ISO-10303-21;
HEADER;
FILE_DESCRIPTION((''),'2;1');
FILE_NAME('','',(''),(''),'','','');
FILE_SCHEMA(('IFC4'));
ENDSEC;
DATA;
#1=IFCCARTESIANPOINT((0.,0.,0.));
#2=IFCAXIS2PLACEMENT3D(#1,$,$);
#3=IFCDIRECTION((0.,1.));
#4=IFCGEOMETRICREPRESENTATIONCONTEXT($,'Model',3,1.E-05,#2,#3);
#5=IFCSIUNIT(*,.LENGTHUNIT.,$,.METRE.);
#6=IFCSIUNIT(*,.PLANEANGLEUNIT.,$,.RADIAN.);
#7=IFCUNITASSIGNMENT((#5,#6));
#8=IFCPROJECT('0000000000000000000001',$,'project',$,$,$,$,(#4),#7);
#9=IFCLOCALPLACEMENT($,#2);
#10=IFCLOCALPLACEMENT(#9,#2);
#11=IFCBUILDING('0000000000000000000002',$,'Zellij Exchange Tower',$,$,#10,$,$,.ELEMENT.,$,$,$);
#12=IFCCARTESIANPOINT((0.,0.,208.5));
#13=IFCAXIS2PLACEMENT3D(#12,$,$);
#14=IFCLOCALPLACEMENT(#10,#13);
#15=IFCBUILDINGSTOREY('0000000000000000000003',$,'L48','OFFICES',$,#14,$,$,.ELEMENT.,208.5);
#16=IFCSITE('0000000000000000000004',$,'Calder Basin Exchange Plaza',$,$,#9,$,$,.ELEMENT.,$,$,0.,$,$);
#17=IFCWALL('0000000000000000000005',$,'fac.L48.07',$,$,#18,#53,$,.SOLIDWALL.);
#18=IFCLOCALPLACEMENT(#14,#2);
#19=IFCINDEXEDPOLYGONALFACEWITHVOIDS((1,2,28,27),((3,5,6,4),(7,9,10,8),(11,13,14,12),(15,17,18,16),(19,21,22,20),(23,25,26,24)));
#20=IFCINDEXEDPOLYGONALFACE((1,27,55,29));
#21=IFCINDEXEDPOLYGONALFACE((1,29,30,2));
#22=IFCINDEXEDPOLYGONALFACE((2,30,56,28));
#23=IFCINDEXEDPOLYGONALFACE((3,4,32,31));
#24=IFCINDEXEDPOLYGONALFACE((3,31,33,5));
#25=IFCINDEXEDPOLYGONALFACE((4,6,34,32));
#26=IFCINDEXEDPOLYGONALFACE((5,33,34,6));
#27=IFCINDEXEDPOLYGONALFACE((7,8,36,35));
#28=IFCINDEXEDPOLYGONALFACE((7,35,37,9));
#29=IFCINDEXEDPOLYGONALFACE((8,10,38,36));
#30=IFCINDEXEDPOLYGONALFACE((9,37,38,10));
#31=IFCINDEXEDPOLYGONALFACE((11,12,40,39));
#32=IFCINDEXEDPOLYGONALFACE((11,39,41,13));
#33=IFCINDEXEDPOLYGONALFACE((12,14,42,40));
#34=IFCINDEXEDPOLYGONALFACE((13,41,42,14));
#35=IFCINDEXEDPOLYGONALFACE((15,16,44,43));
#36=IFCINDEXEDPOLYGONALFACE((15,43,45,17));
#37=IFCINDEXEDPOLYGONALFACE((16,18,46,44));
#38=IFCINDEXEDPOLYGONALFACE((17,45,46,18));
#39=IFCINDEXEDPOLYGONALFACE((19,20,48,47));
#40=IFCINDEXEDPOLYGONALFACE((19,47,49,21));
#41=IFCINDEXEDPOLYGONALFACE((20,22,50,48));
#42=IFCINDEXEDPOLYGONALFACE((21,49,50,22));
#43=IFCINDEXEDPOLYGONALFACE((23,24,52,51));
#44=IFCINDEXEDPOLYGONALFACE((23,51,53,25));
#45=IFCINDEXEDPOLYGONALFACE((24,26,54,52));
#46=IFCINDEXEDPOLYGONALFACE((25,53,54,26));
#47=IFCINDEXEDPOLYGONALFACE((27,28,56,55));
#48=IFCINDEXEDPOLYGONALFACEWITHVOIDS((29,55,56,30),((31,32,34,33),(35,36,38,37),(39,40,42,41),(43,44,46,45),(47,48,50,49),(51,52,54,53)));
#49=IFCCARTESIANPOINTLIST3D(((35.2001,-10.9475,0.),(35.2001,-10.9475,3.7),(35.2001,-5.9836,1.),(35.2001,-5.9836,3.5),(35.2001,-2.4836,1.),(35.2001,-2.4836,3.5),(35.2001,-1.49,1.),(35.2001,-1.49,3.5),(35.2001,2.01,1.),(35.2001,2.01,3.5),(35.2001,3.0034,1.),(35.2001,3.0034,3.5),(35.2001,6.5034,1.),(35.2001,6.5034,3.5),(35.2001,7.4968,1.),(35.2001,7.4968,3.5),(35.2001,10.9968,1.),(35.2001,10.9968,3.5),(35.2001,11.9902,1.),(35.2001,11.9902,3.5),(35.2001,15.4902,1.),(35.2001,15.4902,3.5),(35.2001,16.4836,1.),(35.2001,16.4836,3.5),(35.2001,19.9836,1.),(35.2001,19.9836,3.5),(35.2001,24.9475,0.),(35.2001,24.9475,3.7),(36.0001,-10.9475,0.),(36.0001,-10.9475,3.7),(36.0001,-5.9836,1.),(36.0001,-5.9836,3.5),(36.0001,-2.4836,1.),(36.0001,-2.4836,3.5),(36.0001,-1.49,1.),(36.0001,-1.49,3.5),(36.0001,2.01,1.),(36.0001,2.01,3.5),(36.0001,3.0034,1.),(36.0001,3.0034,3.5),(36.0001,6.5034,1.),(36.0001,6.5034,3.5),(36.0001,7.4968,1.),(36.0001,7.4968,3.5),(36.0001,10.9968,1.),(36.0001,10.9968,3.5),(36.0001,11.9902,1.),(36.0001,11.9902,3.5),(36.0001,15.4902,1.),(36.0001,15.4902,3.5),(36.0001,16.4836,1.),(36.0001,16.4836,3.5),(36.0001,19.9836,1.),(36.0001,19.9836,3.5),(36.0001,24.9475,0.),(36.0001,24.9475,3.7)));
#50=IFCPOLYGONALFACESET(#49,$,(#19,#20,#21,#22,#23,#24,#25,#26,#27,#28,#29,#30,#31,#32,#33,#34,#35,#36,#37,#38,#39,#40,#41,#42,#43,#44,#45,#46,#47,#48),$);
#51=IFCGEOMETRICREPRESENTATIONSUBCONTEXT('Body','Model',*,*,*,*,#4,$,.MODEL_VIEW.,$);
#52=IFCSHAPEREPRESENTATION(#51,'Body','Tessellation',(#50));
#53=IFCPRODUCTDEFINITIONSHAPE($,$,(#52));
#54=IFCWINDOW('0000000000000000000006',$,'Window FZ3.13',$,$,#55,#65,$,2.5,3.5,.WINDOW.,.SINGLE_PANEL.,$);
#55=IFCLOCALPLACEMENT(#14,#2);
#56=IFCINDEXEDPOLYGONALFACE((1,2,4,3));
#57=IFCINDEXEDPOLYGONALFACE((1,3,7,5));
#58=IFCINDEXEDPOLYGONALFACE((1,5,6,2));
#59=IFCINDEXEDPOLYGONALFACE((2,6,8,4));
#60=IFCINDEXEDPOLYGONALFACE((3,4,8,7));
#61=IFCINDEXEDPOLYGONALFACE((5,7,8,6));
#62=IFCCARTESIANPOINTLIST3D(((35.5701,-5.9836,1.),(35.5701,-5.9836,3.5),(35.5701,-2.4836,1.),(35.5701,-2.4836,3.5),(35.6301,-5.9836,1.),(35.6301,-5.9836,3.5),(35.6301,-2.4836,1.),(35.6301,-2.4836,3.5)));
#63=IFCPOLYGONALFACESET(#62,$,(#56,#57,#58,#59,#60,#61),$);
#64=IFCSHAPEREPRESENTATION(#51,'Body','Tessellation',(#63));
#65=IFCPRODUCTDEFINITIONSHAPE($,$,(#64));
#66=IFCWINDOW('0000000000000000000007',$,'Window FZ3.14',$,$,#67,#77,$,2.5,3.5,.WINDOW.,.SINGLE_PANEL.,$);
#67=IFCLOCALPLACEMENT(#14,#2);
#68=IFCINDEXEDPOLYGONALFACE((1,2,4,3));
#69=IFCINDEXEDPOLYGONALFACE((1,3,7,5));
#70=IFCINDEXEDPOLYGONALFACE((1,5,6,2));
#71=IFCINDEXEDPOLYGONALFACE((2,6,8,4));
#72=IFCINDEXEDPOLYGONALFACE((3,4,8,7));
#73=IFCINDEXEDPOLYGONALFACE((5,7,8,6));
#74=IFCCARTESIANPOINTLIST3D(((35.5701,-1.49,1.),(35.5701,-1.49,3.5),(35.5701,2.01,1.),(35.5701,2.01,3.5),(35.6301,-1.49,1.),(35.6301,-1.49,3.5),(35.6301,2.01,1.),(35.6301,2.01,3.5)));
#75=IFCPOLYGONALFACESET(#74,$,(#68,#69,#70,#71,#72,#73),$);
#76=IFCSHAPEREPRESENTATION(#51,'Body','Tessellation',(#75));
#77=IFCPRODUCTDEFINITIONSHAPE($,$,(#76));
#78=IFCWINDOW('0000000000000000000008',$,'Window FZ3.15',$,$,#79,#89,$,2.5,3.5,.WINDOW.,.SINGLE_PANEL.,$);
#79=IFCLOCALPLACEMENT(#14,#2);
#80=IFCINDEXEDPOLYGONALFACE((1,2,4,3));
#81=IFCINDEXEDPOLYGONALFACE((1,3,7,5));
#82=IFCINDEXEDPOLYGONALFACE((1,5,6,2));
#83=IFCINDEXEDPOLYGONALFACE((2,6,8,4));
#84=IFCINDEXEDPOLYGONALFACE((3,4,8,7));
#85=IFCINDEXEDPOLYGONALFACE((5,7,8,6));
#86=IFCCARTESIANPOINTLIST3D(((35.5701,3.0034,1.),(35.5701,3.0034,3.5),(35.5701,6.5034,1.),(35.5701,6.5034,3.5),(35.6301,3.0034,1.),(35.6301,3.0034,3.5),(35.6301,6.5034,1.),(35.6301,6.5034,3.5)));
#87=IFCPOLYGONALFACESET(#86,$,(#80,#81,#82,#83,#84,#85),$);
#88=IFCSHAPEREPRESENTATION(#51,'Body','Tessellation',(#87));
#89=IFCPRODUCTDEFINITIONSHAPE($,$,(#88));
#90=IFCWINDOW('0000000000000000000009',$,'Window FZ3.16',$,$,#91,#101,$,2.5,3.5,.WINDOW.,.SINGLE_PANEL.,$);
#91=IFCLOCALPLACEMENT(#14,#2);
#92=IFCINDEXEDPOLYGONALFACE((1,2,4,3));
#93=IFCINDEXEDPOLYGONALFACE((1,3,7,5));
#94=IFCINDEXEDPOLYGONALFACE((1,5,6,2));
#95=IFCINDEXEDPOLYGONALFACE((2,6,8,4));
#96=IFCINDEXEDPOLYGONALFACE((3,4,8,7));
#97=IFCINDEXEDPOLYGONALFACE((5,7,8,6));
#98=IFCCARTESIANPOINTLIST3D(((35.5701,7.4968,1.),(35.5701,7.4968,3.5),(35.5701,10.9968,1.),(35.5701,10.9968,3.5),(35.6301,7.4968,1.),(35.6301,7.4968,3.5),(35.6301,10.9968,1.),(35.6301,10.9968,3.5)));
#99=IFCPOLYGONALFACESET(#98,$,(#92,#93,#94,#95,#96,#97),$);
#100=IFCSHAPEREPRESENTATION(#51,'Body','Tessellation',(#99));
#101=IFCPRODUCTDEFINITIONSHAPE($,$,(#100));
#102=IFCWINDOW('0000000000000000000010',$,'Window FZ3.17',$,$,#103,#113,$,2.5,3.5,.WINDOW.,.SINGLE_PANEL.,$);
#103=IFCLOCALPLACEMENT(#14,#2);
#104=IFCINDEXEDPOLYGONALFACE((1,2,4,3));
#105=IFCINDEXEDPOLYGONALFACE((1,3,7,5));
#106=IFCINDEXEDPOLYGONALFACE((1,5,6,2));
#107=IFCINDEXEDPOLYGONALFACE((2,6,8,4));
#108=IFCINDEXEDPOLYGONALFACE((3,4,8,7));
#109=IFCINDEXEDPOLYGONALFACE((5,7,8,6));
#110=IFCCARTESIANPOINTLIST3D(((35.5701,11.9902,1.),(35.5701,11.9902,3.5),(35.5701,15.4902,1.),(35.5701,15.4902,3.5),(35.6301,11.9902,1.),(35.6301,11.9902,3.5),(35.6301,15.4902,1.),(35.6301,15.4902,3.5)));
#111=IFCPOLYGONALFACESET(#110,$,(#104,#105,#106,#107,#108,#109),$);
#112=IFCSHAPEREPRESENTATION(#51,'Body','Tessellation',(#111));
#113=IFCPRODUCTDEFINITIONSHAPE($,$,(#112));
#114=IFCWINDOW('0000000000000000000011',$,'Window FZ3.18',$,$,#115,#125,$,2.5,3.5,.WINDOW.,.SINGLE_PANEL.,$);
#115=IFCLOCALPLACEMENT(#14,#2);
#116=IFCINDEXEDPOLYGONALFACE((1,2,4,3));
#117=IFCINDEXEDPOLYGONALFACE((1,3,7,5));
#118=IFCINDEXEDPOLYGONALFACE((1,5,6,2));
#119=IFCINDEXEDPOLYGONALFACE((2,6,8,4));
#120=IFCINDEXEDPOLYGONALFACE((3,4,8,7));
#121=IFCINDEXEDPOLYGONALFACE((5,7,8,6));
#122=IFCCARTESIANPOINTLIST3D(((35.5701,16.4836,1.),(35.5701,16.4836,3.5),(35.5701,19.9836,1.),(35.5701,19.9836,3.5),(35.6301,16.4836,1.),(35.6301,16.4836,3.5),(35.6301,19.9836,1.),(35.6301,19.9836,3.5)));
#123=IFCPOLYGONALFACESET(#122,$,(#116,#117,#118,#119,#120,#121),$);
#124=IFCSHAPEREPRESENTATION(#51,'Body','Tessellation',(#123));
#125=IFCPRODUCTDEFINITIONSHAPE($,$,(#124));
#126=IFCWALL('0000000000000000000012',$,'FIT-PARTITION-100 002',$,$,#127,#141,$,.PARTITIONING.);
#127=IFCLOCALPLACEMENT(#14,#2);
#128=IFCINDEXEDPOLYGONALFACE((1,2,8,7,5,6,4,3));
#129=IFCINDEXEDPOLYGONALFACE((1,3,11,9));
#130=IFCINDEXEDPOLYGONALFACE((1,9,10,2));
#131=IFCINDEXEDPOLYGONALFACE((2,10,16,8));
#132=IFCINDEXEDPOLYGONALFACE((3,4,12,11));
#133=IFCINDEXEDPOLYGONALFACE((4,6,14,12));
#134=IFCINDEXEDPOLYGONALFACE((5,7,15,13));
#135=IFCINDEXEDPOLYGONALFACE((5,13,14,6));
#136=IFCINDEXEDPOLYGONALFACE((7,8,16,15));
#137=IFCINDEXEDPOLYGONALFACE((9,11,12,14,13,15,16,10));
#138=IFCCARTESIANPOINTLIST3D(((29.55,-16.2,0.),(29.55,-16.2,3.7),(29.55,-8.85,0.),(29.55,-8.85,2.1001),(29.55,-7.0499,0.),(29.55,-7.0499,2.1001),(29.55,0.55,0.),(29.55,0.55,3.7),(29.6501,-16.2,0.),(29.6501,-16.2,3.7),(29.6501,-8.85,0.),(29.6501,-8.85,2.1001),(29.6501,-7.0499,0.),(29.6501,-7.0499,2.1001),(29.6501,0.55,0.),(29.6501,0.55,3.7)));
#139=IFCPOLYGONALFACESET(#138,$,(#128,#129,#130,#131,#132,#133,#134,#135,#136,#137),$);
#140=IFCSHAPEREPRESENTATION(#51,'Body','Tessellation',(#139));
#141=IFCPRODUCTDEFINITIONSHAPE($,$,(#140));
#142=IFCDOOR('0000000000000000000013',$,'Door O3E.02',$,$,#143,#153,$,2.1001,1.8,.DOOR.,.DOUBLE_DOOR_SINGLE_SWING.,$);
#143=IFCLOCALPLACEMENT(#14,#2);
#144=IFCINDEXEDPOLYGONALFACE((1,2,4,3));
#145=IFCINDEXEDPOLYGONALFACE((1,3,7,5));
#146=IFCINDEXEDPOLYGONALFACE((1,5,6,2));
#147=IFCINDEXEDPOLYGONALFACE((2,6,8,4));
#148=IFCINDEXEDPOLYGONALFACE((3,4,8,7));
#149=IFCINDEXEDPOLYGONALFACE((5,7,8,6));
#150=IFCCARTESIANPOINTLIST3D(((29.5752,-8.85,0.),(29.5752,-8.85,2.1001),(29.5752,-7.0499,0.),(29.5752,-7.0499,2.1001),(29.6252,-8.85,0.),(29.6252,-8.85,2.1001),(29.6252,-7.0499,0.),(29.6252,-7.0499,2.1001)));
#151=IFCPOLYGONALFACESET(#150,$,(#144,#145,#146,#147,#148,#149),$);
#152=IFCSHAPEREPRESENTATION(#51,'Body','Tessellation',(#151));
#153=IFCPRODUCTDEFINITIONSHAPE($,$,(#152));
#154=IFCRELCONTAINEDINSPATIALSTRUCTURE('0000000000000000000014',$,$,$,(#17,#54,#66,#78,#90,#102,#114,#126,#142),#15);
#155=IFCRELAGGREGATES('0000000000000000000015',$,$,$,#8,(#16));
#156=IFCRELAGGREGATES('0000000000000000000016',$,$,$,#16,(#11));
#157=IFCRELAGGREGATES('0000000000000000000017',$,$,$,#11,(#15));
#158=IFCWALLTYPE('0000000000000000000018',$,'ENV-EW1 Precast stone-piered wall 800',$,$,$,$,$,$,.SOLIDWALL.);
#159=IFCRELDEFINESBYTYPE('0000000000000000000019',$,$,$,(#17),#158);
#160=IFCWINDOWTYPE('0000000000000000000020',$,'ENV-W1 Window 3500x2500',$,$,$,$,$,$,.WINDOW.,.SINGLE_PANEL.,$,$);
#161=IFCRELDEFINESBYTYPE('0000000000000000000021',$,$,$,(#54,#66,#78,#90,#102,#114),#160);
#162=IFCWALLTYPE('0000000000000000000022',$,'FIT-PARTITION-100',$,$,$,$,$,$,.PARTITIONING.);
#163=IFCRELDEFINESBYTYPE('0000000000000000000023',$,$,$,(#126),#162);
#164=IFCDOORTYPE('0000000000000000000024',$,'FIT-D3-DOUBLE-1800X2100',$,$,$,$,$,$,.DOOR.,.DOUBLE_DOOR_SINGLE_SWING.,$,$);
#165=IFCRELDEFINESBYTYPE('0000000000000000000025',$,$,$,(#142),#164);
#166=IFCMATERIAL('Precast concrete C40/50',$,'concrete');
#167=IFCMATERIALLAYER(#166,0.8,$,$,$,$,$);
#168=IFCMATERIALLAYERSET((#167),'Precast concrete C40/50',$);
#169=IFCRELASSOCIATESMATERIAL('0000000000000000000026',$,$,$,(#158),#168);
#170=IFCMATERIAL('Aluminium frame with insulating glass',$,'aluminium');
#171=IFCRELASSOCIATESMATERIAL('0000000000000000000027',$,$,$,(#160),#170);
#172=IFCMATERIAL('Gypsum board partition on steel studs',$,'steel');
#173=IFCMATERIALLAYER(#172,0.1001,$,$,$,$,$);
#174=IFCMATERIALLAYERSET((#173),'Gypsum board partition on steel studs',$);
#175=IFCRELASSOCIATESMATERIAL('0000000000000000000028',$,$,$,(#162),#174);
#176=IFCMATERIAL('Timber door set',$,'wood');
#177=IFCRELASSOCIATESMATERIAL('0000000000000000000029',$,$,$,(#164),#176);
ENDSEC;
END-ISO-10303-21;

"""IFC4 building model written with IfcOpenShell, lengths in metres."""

from ifc_helpers import new_model, si_unit, direction, frame, frame_2d, origin, place, context, subcontext, project, spatial, rectangle, extrude, material, layer, layer_set, type_object, element, fill, save


model = new_model("IFC4")

# Units and contexts
model_context = context("Model", 3, precision=1e-05, world=origin(), true_north=direction((0.0, 1.0)))
body_context = subcontext(model_context, "Body", "Model", "MODEL_VIEW")
ifc_project = project(units=[si_unit("LENGTHUNIT", "METRE"), si_unit("PLANEANGLEUNIT", "RADIAN")], contexts=[model_context])

# Site, building, storey
site_placement = place(None, origin())
site = spatial("IfcSite", under=ifc_project, at=site_placement, Name="Calder Basin Exchange Plaza", CompositionType="ELEMENT", RefElevation=0.0)
building_placement = place(site_placement, origin())
building = spatial("IfcBuilding", under=site, at=building_placement, Name="Zellij Exchange Tower", CompositionType="ELEMENT")
storey_placement = place(building_placement, frame((0.0, 0.0, 208.5)))
storey = spatial("IfcBuildingStorey", under=building, at=storey_placement, Name="L48", Description="OFFICES", CompositionType="ELEMENT", Elevation=208.5)

# Shared definitions
ifc_material_1 = material(Name="Precast concrete C40/50", Category="concrete")
ifc_layer_1 = layer(ifc_material_1, 0.8)
ifc_layer_set_1 = layer_set([ifc_layer_1], Name="Precast concrete C40/50")
wall_type_1 = type_object("IfcWallType", Name="ENV-EW1 Precast stone-piered wall 800", PredefinedType="SOLIDWALL", material=ifc_layer_set_1)

# Wall, openings, windows
wall_1_placement = place(storey_placement, frame((35.6001, -10.9475, 0.0), z_axis=(0.0, 0.0, 1.0), x_axis=(0.0, 1.0, 0.0)))
wall_1 = element("IfcWall", 1, at=wall_1_placement, inside=storey, type_object=wall_type_1, Name="fac.L48.07", PredefinedType="SOLIDWALL", context=body_context, shape_type="SweptSolid", body=[
    extrude(rectangle(XDim=35.895, YDim=0.8, at=frame_2d((17.9475, 0.0))), origin(), (0.0, 0.0, 1.0), 3.7),
])
opening_1_placement = place(wall_1_placement, frame((4.9639, 0.0, 1.0)))
opening_1 = element("IfcOpeningElement", 2, at=opening_1_placement, cuts=wall_1, PredefinedType="OPENING", context=body_context, shape_type="SweptSolid", body=[
    extrude(rectangle(XDim=3.5, YDim=2.5, at=frame_2d((1.75, 1.25))), frame((0.0, 0.4121, 0.0), z_axis=(0.0, -1.0, 0.0), x_axis=(1.0, 0.0, 0.0)), (0.0, 0.0, 1.0), 0.824),
])
opening_2_placement = place(wall_1_placement, frame((9.4575, 0.0, 1.0)))
opening_2 = element("IfcOpeningElement", 3, at=opening_2_placement, cuts=wall_1, PredefinedType="OPENING", context=body_context, shape_type="SweptSolid", body=[
    extrude(rectangle(XDim=3.5, YDim=2.5, at=frame_2d((1.75, 1.25))), frame((0.0, 0.4121, 0.0), z_axis=(0.0, -1.0, 0.0), x_axis=(1.0, 0.0, 0.0)), (0.0, 0.0, 1.0), 0.824),
])
opening_3_placement = place(wall_1_placement, frame((13.9509, 0.0, 1.0)))
opening_3 = element("IfcOpeningElement", 4, at=opening_3_placement, cuts=wall_1, PredefinedType="OPENING", context=body_context, shape_type="SweptSolid", body=[
    extrude(rectangle(XDim=3.5, YDim=2.5, at=frame_2d((1.75, 1.25))), frame((0.0, 0.4121, 0.0), z_axis=(0.0, -1.0, 0.0), x_axis=(1.0, 0.0, 0.0)), (0.0, 0.0, 1.0), 0.824),
])
opening_4_placement = place(wall_1_placement, frame((18.4443, 0.0, 1.0)))
opening_4 = element("IfcOpeningElement", 5, at=opening_4_placement, cuts=wall_1, PredefinedType="OPENING", context=body_context, shape_type="SweptSolid", body=[
    extrude(rectangle(XDim=3.5, YDim=2.5, at=frame_2d((1.75, 1.25))), frame((0.0, 0.4121, 0.0), z_axis=(0.0, -1.0, 0.0), x_axis=(1.0, 0.0, 0.0)), (0.0, 0.0, 1.0), 0.824),
])
opening_5_placement = place(wall_1_placement, frame((22.9377, 0.0, 1.0)))
opening_5 = element("IfcOpeningElement", 6, at=opening_5_placement, cuts=wall_1, PredefinedType="OPENING", context=body_context, shape_type="SweptSolid", body=[
    extrude(rectangle(XDim=3.5, YDim=2.5, at=frame_2d((1.75, 1.25))), frame((0.0, 0.4121, 0.0), z_axis=(0.0, -1.0, 0.0), x_axis=(1.0, 0.0, 0.0)), (0.0, 0.0, 1.0), 0.824),
])
opening_6_placement = place(wall_1_placement, frame((27.4312, 0.0, 1.0)))
opening_6 = element("IfcOpeningElement", 7, at=opening_6_placement, cuts=wall_1, PredefinedType="OPENING", context=body_context, shape_type="SweptSolid", body=[
    extrude(rectangle(XDim=3.5, YDim=2.5, at=frame_2d((1.75, 1.25))), frame((0.0, 0.4121, 0.0), z_axis=(0.0, -1.0, 0.0), x_axis=(1.0, 0.0, 0.0)), (0.0, 0.0, 1.0), 0.824),
])
ifc_material_2 = material(Name="Aluminium frame with insulating glass", Category="aluminium")
window_type = type_object("IfcWindowType", Name="ENV-W1 Window 3500x2500", PartitioningType="SINGLE_PANEL", PredefinedType="WINDOW", material=ifc_material_2)
window_1_placement = place(opening_1_placement, origin())
window_1 = element("IfcWindow", 8, at=window_1_placement, inside=storey, type_object=window_type, Name="Window FZ3.13", OverallHeight=2.5, OverallWidth=3.5, PartitioningType="SINGLE_PANEL", PredefinedType="WINDOW", context=body_context, shape_type="SweptSolid", body=[
    extrude(rectangle(XDim=3.5, YDim=2.5, at=frame_2d((1.75, 1.25))), frame((0.0, 0.03, 0.0), z_axis=(0.0, -1.0, 0.0), x_axis=(1.0, 0.0, 0.0)), (0.0, 0.0, 1.0), 0.0601),
])
fill(opening_1, window_1)
window_2_placement = place(opening_2_placement, origin())
window_2 = element("IfcWindow", 9, at=window_2_placement, inside=storey, type_object=window_type, Name="Window FZ3.14", OverallHeight=2.5, OverallWidth=3.5, PartitioningType="SINGLE_PANEL", PredefinedType="WINDOW", context=body_context, shape_type="SweptSolid", body=[
    extrude(rectangle(XDim=3.5, YDim=2.5, at=frame_2d((1.75, 1.25))), frame((0.0, 0.03, 0.0), z_axis=(0.0, -1.0, 0.0), x_axis=(1.0, 0.0, 0.0)), (0.0, 0.0, 1.0), 0.0601),
])
fill(opening_2, window_2)
window_3_placement = place(opening_3_placement, origin())
window_3 = element("IfcWindow", 10, at=window_3_placement, inside=storey, type_object=window_type, Name="Window FZ3.15", OverallHeight=2.5, OverallWidth=3.5, PartitioningType="SINGLE_PANEL", PredefinedType="WINDOW", context=body_context, shape_type="SweptSolid", body=[
    extrude(rectangle(XDim=3.5, YDim=2.5, at=frame_2d((1.75, 1.25))), frame((0.0, 0.03, 0.0), z_axis=(0.0, -1.0, 0.0), x_axis=(1.0, 0.0, 0.0)), (0.0, 0.0, 1.0), 0.0601),
])
fill(opening_3, window_3)
window_4_placement = place(opening_4_placement, origin())
window_4 = element("IfcWindow", 11, at=window_4_placement, inside=storey, type_object=window_type, Name="Window FZ3.16", OverallHeight=2.5, OverallWidth=3.5, PartitioningType="SINGLE_PANEL", PredefinedType="WINDOW", context=body_context, shape_type="SweptSolid", body=[
    extrude(rectangle(XDim=3.5, YDim=2.5, at=frame_2d((1.75, 1.25))), frame((0.0, 0.03, 0.0), z_axis=(0.0, -1.0, 0.0), x_axis=(1.0, 0.0, 0.0)), (0.0, 0.0, 1.0), 0.0601),
])
fill(opening_4, window_4)
window_5_placement = place(opening_5_placement, origin())
window_5 = element("IfcWindow", 12, at=window_5_placement, inside=storey, type_object=window_type, Name="Window FZ3.17", OverallHeight=2.5, OverallWidth=3.5, PartitioningType="SINGLE_PANEL", PredefinedType="WINDOW", context=body_context, shape_type="SweptSolid", body=[
    extrude(rectangle(XDim=3.5, YDim=2.5, at=frame_2d((1.75, 1.25))), frame((0.0, 0.03, 0.0), z_axis=(0.0, -1.0, 0.0), x_axis=(1.0, 0.0, 0.0)), (0.0, 0.0, 1.0), 0.0601),
])
fill(opening_5, window_5)
window_6_placement = place(opening_6_placement, origin())
window_6 = element("IfcWindow", 13, at=window_6_placement, inside=storey, type_object=window_type, Name="Window FZ3.18", OverallHeight=2.5, OverallWidth=3.5, PartitioningType="SINGLE_PANEL", PredefinedType="WINDOW", context=body_context, shape_type="SweptSolid", body=[
    extrude(rectangle(XDim=3.5, YDim=2.5, at=frame_2d((1.75, 1.25))), frame((0.0, 0.03, 0.0), z_axis=(0.0, -1.0, 0.0), x_axis=(1.0, 0.0, 0.0)), (0.0, 0.0, 1.0), 0.0601),
])
fill(opening_6, window_6)

# Wall, opening, door
ifc_material_3 = material(Name="Gypsum board partition on steel studs", Category="steel")
ifc_layer_2 = layer(ifc_material_3, 0.1001)
ifc_layer_set_2 = layer_set([ifc_layer_2], Name="Gypsum board partition on steel studs")
wall_type_2 = type_object("IfcWallType", Name="FIT-PARTITION-100", PredefinedType="PARTITIONING", material=ifc_layer_set_2)
wall_2_placement = place(storey_placement, frame((29.6001, -16.2, 0.0), z_axis=(0.0, 0.0, 1.0), x_axis=(0.0, 1.0, 0.0)))
wall_2 = element("IfcWall", 14, at=wall_2_placement, inside=storey, type_object=wall_type_2, Name="FIT-PARTITION-100 002", PredefinedType="PARTITIONING", context=body_context, shape_type="SweptSolid", body=[
    extrude(rectangle(XDim=16.75, YDim=0.1001, at=frame_2d((8.375, 0.0))), origin(), (0.0, 0.0, 1.0), 3.7),
])
opening_7_placement = place(wall_2_placement, frame((7.3501, 0.0, 0.0)))
opening_7 = element("IfcOpeningElement", 15, at=opening_7_placement, cuts=wall_2, PredefinedType="OPENING", context=body_context, shape_type="SweptSolid", body=[
    extrude(rectangle(XDim=1.8, YDim=2.1001, at=frame_2d((0.8999, 1.05))), frame((0.0, 0.062, 0.0), z_axis=(0.0, -1.0, 0.0), x_axis=(1.0, 0.0, 0.0)), (0.0, 0.0, 1.0), 0.124),
])
ifc_material_4 = material(Name="Timber door set", Category="wood")
door_type_1 = type_object("IfcDoorType", Name="FIT-D3-DOUBLE-1800X2100", OperationType="DOUBLE_DOOR_SINGLE_SWING", PredefinedType="DOOR", material=ifc_material_4)
door_1_placement = place(opening_7_placement, origin())
door_1 = element("IfcDoor", 16, at=door_1_placement, inside=storey, type_object=door_type_1, Name="Door O3E.02", OperationType="DOUBLE_DOOR_SINGLE_SWING", OverallHeight=2.1001, OverallWidth=1.8, PredefinedType="DOOR", context=body_context, shape_type="SweptSolid", body=[
    extrude(rectangle(XDim=1.8, YDim=2.1001, at=frame_2d((0.8999, 1.05))), frame((0.0, 0.0249, 0.0), z_axis=(0.0, -1.0, 0.0), x_axis=(1.0, 0.0, 0.0)), (0.0, 0.0, 1.0), 0.05),
])
fill(opening_7, door_1)

save(model, "model.ifc")
